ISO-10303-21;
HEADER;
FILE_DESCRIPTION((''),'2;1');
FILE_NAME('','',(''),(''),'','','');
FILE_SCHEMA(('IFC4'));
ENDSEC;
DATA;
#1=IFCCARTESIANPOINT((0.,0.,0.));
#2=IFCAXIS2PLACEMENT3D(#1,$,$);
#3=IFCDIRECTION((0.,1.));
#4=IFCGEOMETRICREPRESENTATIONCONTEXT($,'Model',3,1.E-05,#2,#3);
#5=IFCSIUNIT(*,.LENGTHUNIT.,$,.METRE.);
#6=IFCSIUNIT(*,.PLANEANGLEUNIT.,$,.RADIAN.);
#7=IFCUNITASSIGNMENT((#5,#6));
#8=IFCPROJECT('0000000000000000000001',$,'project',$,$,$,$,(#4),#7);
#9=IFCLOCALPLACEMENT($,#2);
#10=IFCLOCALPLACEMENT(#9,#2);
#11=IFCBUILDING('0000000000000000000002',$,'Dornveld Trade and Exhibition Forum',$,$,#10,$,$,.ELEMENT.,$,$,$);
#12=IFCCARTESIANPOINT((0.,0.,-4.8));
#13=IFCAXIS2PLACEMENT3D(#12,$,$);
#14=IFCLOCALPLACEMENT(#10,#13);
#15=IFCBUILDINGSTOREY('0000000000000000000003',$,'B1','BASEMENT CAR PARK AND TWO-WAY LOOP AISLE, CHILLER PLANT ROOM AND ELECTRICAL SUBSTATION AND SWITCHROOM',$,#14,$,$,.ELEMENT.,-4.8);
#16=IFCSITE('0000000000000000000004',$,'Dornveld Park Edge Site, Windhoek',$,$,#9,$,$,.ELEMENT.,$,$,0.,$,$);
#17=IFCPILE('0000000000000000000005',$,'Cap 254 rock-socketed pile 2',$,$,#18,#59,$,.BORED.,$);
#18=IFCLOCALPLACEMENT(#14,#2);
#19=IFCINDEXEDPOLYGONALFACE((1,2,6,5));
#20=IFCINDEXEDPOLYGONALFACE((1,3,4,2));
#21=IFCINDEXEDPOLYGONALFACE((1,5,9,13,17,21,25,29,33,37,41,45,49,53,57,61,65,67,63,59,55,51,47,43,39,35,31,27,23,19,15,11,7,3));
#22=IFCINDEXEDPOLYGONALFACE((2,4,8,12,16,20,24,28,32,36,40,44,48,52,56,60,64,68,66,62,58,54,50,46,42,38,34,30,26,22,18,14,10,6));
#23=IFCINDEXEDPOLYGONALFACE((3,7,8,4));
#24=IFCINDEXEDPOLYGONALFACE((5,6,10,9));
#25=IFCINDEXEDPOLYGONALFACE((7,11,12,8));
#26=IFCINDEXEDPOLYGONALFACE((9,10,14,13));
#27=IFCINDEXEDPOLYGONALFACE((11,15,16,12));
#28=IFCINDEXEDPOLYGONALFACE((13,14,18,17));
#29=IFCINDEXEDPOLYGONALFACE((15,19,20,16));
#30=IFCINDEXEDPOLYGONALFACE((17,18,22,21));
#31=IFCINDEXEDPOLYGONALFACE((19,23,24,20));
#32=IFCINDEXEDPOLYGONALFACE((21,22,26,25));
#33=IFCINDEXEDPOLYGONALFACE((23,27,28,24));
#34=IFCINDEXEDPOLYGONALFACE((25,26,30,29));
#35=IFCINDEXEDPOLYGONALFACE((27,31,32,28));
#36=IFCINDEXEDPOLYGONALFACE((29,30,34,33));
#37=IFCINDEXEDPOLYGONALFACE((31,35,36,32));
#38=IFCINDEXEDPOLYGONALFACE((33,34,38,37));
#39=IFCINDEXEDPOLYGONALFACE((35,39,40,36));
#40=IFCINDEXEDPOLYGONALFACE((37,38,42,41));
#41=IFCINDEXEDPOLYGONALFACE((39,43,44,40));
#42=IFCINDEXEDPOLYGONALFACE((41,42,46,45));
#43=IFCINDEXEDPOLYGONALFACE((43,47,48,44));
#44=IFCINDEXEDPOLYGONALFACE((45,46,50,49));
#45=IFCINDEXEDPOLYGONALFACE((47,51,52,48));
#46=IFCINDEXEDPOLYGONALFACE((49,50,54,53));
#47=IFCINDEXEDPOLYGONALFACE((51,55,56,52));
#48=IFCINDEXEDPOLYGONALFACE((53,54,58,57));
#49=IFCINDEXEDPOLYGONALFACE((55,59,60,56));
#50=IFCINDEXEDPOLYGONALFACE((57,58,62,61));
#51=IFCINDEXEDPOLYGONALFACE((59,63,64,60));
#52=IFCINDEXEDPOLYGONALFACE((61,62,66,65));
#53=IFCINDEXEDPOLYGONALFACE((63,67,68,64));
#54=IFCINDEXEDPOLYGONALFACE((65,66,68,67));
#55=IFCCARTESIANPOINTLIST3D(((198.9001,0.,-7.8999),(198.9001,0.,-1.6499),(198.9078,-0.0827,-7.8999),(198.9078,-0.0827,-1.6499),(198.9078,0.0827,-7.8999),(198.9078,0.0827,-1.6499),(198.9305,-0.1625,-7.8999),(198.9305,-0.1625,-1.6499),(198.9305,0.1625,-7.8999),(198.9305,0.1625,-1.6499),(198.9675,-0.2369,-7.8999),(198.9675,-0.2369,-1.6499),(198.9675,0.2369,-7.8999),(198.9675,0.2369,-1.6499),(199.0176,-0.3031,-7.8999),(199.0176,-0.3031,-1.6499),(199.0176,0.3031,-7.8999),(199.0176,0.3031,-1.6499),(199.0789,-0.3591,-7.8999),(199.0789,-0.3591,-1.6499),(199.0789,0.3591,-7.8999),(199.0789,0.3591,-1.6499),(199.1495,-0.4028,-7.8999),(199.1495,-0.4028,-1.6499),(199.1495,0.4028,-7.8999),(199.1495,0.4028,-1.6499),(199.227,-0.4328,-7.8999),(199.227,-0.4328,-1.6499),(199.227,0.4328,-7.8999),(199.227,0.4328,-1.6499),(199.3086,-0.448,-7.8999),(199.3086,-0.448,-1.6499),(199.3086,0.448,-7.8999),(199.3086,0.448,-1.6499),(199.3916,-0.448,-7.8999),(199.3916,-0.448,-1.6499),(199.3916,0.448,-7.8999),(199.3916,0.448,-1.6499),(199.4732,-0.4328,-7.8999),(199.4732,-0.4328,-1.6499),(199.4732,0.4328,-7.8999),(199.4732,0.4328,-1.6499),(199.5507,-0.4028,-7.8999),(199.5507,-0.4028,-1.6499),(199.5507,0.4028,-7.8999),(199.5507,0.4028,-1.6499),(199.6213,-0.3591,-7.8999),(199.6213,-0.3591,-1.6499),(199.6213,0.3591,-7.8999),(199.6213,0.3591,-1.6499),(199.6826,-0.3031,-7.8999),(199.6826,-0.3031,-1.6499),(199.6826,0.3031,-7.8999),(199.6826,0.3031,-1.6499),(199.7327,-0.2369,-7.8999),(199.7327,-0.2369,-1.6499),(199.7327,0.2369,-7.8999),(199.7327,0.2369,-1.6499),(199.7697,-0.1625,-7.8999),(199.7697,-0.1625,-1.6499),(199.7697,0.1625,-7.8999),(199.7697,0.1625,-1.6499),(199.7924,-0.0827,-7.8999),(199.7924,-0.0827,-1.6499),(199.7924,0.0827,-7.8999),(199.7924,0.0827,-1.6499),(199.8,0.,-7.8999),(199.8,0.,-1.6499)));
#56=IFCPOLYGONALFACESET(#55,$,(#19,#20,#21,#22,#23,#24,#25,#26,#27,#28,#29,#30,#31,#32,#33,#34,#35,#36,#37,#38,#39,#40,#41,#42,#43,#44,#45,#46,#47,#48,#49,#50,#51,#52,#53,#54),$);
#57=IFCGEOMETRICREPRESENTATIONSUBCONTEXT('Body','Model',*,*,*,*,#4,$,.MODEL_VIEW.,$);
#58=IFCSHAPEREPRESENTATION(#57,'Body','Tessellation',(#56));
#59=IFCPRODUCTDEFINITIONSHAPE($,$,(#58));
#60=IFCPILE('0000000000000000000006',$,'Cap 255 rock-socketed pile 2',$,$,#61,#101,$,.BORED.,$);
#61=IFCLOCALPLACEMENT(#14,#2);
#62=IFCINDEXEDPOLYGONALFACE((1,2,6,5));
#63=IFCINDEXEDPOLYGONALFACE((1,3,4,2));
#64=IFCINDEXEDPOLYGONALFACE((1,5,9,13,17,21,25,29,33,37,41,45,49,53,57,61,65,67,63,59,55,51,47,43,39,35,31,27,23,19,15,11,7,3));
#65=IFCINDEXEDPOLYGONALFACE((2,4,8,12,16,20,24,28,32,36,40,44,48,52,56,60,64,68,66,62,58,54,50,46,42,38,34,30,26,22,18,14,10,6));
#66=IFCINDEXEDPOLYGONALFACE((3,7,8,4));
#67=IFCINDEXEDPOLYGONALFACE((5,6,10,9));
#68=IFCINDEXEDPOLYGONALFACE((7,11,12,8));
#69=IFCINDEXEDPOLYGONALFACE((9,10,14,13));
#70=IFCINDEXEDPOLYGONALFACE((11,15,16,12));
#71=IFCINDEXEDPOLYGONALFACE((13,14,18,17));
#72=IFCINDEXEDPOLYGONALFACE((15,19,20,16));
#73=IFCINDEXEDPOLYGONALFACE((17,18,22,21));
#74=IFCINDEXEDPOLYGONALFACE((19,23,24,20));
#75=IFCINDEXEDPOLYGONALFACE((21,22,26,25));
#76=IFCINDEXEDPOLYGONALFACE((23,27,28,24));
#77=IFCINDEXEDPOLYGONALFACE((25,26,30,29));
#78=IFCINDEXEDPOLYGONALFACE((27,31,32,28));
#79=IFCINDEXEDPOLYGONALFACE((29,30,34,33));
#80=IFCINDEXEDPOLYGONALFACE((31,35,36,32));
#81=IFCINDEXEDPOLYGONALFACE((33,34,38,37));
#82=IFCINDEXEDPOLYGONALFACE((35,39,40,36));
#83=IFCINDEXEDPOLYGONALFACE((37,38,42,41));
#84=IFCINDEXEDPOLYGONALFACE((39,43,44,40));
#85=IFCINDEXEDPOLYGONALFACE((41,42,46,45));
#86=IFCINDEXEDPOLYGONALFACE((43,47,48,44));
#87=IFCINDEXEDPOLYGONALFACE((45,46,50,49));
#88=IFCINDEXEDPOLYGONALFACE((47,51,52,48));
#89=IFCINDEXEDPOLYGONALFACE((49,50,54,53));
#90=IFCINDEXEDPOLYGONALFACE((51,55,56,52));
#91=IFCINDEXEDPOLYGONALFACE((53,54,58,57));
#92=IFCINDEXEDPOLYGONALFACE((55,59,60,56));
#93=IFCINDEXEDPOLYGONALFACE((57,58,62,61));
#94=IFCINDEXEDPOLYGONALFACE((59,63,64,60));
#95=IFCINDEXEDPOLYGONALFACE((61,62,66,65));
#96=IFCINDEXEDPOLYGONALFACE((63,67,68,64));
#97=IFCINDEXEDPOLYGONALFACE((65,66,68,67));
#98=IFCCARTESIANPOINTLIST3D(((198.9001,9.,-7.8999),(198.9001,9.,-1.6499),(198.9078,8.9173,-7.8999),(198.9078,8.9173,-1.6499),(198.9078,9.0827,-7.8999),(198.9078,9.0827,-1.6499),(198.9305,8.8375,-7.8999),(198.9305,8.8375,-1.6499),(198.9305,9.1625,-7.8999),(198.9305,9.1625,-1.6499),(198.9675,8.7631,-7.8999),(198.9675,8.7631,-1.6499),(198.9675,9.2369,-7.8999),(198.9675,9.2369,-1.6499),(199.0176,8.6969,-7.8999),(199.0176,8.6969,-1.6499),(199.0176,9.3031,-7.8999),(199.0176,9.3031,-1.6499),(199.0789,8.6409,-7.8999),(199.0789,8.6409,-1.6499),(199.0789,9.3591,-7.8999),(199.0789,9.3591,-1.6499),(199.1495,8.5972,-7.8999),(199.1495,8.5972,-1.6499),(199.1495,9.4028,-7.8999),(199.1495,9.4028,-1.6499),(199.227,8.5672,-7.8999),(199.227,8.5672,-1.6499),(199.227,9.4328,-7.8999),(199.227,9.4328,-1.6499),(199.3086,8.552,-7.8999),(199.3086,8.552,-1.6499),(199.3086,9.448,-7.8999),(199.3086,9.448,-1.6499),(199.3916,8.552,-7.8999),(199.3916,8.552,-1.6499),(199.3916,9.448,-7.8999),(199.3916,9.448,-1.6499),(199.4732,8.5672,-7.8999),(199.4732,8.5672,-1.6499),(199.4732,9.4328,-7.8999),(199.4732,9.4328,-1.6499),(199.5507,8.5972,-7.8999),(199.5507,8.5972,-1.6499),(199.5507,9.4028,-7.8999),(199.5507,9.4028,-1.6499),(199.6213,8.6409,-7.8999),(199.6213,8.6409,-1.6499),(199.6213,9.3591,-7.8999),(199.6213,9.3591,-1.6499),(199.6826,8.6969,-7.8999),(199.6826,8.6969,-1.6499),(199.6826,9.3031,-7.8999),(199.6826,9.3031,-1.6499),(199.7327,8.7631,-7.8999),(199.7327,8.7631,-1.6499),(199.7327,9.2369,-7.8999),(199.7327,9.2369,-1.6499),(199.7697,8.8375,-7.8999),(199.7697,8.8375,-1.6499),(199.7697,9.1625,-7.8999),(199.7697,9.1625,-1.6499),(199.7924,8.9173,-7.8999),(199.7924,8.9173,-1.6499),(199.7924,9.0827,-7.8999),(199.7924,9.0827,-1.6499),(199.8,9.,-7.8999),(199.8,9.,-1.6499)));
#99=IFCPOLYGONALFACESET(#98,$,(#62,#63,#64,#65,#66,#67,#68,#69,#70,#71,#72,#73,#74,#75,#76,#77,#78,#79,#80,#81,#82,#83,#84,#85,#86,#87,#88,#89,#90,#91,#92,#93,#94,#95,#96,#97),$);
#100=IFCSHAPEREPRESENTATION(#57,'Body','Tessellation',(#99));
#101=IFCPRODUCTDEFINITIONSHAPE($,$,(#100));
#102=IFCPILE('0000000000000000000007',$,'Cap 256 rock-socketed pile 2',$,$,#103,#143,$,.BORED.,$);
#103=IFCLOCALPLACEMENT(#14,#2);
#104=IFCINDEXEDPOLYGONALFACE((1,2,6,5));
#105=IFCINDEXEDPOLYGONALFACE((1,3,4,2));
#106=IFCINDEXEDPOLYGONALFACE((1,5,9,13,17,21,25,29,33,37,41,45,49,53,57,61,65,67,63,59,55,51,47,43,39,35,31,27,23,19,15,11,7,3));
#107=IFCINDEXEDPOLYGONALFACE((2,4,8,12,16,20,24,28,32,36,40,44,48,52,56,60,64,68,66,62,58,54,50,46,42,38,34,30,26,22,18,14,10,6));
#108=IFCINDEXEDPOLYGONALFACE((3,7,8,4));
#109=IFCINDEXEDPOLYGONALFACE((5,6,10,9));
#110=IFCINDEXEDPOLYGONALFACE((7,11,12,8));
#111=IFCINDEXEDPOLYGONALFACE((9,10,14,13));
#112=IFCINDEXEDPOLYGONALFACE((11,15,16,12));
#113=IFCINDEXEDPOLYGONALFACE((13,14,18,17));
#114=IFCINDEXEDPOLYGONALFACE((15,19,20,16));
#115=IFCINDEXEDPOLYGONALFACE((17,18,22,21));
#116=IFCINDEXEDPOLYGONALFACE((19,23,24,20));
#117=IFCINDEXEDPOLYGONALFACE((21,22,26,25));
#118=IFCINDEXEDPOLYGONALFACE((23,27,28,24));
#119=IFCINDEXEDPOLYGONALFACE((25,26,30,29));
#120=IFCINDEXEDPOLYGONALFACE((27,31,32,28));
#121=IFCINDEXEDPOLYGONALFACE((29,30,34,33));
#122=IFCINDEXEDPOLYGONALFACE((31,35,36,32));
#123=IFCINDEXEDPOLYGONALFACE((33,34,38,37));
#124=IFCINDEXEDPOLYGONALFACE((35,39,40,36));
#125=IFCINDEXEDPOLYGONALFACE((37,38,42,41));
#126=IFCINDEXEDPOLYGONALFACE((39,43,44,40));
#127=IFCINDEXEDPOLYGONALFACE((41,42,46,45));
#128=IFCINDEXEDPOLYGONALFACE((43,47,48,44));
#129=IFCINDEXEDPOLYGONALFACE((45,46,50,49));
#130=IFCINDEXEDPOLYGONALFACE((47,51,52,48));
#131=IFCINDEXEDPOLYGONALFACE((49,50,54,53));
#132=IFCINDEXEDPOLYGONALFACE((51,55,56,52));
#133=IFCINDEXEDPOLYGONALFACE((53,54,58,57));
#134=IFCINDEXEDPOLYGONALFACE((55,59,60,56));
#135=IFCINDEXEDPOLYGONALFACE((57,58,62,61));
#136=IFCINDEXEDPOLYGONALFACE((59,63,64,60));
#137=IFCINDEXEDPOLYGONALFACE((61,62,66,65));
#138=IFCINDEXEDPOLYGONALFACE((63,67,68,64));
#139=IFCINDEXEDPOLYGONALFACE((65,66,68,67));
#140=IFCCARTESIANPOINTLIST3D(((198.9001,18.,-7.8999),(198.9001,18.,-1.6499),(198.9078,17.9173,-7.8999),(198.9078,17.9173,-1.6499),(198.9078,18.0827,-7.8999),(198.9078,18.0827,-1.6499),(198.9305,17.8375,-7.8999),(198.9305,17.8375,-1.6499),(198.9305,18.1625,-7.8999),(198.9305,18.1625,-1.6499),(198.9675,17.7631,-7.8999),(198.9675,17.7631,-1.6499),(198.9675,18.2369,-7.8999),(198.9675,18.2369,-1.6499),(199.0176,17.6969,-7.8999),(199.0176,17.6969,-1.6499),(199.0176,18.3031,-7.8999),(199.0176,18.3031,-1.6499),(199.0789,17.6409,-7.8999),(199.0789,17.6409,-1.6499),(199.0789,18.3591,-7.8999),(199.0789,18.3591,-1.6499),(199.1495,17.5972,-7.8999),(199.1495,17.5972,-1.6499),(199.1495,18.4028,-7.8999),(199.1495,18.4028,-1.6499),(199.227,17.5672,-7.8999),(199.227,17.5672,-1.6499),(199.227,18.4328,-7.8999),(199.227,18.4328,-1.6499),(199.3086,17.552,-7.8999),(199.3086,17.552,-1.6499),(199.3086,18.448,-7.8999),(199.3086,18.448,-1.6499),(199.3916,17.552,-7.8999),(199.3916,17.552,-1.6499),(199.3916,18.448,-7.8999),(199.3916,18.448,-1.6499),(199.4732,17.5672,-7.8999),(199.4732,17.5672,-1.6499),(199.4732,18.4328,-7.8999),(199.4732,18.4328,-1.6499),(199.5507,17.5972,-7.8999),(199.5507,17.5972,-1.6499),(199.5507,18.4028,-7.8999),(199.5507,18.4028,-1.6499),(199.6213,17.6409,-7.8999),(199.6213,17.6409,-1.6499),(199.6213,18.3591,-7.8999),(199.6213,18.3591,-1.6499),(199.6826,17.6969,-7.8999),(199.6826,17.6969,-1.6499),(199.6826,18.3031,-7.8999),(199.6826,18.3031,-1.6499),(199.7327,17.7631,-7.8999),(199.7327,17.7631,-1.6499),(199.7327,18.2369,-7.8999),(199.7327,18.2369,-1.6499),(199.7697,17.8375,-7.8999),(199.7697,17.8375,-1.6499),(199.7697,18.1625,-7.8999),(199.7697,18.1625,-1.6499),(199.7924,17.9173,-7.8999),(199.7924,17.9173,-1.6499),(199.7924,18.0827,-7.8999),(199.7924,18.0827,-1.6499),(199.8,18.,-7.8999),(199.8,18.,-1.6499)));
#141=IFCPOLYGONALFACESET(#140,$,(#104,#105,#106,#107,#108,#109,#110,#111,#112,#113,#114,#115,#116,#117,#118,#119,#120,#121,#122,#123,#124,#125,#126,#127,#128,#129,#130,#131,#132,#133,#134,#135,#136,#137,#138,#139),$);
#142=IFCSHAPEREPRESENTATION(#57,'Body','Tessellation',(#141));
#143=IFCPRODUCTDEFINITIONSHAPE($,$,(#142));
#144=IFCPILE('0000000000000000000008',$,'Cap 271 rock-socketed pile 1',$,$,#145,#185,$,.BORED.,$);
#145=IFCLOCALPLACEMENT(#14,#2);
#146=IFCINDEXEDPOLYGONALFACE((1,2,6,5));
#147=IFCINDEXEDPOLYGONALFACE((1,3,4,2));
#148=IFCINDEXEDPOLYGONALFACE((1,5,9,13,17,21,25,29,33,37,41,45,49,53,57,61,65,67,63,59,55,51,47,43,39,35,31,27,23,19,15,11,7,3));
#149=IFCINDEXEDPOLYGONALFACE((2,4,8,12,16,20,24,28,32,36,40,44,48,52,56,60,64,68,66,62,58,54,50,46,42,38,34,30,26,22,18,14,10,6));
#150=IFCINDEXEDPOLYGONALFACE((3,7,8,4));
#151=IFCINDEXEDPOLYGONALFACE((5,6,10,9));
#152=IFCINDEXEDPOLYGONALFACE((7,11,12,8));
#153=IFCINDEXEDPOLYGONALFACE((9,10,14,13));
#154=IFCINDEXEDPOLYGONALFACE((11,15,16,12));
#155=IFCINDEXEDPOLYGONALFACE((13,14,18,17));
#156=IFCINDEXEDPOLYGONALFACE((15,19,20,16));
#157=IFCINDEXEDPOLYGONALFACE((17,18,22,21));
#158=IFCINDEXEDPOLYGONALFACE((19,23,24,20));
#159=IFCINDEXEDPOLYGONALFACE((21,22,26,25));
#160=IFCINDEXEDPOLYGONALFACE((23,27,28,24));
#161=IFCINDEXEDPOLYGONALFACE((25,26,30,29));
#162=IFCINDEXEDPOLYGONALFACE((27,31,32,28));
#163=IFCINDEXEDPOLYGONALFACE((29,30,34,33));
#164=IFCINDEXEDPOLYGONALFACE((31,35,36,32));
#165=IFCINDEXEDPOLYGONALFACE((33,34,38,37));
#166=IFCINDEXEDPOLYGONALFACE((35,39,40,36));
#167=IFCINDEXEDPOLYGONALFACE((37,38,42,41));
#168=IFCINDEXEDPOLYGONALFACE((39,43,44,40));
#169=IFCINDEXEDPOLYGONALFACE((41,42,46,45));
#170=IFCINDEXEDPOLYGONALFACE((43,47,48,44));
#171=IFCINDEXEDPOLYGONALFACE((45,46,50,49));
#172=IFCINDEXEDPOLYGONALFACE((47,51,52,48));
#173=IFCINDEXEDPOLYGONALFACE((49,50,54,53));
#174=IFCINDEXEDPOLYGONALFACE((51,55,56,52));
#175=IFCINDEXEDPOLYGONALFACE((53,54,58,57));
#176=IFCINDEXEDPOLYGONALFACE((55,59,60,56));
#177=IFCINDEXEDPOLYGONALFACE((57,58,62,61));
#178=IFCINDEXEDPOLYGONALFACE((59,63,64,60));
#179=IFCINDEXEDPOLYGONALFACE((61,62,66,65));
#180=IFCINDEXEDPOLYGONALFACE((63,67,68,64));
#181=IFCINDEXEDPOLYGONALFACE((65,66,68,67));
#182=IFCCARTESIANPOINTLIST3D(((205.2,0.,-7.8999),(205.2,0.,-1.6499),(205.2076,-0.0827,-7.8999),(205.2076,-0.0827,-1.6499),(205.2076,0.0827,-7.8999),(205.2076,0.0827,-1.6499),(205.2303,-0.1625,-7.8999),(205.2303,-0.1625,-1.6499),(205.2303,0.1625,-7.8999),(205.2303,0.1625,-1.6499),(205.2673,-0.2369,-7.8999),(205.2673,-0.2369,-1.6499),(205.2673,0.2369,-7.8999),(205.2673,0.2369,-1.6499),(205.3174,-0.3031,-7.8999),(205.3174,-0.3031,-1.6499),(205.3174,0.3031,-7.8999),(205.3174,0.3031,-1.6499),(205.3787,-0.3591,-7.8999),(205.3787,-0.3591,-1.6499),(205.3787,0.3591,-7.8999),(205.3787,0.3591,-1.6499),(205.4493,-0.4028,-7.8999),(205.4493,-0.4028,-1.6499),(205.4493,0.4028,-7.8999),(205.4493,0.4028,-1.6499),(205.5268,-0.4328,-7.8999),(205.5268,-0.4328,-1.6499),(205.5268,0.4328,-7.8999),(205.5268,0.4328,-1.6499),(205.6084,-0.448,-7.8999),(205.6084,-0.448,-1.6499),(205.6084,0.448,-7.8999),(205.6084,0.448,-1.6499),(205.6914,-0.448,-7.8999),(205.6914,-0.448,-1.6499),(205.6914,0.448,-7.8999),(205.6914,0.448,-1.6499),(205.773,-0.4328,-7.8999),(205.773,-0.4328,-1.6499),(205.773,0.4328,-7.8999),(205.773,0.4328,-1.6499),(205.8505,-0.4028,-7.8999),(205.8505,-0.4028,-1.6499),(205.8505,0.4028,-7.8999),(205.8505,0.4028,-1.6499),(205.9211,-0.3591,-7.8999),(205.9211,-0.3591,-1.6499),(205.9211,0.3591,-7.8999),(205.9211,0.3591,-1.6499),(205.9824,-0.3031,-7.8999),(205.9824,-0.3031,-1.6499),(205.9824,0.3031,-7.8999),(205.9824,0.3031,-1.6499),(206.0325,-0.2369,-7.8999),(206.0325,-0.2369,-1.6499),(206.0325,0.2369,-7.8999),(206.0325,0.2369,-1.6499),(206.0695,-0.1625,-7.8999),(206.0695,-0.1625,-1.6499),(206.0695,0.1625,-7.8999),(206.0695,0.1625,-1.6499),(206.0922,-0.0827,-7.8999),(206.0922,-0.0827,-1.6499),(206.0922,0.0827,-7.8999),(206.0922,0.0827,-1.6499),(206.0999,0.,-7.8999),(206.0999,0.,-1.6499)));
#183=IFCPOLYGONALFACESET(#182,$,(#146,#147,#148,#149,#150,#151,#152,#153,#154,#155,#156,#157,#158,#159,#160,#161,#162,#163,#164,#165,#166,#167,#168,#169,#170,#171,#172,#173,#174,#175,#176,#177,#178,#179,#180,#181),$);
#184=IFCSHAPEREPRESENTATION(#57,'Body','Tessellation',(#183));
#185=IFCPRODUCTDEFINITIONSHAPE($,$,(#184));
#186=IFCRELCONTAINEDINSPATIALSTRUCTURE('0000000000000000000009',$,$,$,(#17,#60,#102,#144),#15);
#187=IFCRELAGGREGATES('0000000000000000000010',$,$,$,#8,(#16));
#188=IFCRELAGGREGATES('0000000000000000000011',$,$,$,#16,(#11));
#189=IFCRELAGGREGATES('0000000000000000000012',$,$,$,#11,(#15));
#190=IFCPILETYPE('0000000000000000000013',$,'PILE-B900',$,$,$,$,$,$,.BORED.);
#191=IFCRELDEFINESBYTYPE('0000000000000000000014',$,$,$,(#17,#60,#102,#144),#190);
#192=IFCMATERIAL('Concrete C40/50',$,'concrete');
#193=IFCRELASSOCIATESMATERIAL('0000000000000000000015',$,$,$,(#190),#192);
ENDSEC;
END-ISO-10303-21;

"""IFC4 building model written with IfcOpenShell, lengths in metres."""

from ifc_helpers import new_model, si_unit, direction, frame, origin, origin_2d, place, context, subcontext, project, spatial, circle, extrude, material, material_profile, profile_set, type_object, element, save


model = new_model("IFC4")

# Units and contexts
model_context = context("Model", 3, precision=1e-05, world=origin(), true_north=direction((0.0, 1.0)))
body_context = subcontext(model_context, "Body", "Model", "MODEL_VIEW")
ifc_project = project(units=[si_unit("LENGTHUNIT", "METRE"), si_unit("PLANEANGLEUNIT", "RADIAN")], contexts=[model_context])

# Site, building, storey
site_placement = place(None, origin())
site = spatial("IfcSite", under=ifc_project, at=site_placement, Name="Dornveld Park Edge Site, Windhoek", CompositionType="ELEMENT", RefElevation=0.0)
building_placement = place(site_placement, origin())
building = spatial("IfcBuilding", under=site, at=building_placement, Name="Dornveld Trade and Exhibition Forum", CompositionType="ELEMENT")
storey_placement = place(building_placement, frame((0.0, 0.0, -4.8)))
storey = spatial("IfcBuildingStorey", under=building, at=storey_placement, Name="B1", Description="BASEMENT CAR PARK AND TWO-WAY LOOP AISLE, CHILLER PLANT ROOM AND ELECTRICAL SUBSTATION AND SWITCHROOM", CompositionType="ELEMENT", Elevation=-4.8)

# Piles
ifc_material_1 = material(Name="Concrete C40/50", Category="concrete")
ifc_material_profile_1 = material_profile(ifc_material_1, circle(Radius=0.45, at=origin_2d()), Name="PILE D900")
ifc_profile_set_1 = profile_set([ifc_material_profile_1], Name="Concrete C40/50")
pile_type_1 = type_object("IfcPileType", Name="PILE-B900", PredefinedType="BORED", material=ifc_profile_set_1)
for number, where, z_axis, x_axis, name in (
    (1, (199.3501, 0.0, -1.6499), (0.0, 0.0, -1.0), (1.0, 0.0, 0.0), "Cap 254 rock-socketed pile 2"),
    (2, (199.3501, 9.0, -1.6499), (0.0, 0.0, -1.0), (1.0, 0.0, 0.0), "Cap 255 rock-socketed pile 2"),
    (3, (199.3501, 18.0, -1.6499), (0.0, 0.0, -1.0), (1.0, 0.0, 0.0), "Cap 256 rock-socketed pile 2"),
    (4, (205.6499, 0.0, -1.6499), (0.0, 0.0, -1.0), (1.0, 0.0, 0.0), "Cap 271 rock-socketed pile 1"),
):
    element("IfcPile", number, at=place(storey_placement, frame(where, z_axis=z_axis, x_axis=x_axis)), inside=storey, type_object=pile_type_1, Name=name, PredefinedType="BORED", context=body_context, shape_type="SweptSolid", body=[
        extrude(circle(Radius=0.45, at=origin_2d()), origin(), (0.0, 0.0, 1.0), 6.25),
    ])

save(model, "model.ifc")
